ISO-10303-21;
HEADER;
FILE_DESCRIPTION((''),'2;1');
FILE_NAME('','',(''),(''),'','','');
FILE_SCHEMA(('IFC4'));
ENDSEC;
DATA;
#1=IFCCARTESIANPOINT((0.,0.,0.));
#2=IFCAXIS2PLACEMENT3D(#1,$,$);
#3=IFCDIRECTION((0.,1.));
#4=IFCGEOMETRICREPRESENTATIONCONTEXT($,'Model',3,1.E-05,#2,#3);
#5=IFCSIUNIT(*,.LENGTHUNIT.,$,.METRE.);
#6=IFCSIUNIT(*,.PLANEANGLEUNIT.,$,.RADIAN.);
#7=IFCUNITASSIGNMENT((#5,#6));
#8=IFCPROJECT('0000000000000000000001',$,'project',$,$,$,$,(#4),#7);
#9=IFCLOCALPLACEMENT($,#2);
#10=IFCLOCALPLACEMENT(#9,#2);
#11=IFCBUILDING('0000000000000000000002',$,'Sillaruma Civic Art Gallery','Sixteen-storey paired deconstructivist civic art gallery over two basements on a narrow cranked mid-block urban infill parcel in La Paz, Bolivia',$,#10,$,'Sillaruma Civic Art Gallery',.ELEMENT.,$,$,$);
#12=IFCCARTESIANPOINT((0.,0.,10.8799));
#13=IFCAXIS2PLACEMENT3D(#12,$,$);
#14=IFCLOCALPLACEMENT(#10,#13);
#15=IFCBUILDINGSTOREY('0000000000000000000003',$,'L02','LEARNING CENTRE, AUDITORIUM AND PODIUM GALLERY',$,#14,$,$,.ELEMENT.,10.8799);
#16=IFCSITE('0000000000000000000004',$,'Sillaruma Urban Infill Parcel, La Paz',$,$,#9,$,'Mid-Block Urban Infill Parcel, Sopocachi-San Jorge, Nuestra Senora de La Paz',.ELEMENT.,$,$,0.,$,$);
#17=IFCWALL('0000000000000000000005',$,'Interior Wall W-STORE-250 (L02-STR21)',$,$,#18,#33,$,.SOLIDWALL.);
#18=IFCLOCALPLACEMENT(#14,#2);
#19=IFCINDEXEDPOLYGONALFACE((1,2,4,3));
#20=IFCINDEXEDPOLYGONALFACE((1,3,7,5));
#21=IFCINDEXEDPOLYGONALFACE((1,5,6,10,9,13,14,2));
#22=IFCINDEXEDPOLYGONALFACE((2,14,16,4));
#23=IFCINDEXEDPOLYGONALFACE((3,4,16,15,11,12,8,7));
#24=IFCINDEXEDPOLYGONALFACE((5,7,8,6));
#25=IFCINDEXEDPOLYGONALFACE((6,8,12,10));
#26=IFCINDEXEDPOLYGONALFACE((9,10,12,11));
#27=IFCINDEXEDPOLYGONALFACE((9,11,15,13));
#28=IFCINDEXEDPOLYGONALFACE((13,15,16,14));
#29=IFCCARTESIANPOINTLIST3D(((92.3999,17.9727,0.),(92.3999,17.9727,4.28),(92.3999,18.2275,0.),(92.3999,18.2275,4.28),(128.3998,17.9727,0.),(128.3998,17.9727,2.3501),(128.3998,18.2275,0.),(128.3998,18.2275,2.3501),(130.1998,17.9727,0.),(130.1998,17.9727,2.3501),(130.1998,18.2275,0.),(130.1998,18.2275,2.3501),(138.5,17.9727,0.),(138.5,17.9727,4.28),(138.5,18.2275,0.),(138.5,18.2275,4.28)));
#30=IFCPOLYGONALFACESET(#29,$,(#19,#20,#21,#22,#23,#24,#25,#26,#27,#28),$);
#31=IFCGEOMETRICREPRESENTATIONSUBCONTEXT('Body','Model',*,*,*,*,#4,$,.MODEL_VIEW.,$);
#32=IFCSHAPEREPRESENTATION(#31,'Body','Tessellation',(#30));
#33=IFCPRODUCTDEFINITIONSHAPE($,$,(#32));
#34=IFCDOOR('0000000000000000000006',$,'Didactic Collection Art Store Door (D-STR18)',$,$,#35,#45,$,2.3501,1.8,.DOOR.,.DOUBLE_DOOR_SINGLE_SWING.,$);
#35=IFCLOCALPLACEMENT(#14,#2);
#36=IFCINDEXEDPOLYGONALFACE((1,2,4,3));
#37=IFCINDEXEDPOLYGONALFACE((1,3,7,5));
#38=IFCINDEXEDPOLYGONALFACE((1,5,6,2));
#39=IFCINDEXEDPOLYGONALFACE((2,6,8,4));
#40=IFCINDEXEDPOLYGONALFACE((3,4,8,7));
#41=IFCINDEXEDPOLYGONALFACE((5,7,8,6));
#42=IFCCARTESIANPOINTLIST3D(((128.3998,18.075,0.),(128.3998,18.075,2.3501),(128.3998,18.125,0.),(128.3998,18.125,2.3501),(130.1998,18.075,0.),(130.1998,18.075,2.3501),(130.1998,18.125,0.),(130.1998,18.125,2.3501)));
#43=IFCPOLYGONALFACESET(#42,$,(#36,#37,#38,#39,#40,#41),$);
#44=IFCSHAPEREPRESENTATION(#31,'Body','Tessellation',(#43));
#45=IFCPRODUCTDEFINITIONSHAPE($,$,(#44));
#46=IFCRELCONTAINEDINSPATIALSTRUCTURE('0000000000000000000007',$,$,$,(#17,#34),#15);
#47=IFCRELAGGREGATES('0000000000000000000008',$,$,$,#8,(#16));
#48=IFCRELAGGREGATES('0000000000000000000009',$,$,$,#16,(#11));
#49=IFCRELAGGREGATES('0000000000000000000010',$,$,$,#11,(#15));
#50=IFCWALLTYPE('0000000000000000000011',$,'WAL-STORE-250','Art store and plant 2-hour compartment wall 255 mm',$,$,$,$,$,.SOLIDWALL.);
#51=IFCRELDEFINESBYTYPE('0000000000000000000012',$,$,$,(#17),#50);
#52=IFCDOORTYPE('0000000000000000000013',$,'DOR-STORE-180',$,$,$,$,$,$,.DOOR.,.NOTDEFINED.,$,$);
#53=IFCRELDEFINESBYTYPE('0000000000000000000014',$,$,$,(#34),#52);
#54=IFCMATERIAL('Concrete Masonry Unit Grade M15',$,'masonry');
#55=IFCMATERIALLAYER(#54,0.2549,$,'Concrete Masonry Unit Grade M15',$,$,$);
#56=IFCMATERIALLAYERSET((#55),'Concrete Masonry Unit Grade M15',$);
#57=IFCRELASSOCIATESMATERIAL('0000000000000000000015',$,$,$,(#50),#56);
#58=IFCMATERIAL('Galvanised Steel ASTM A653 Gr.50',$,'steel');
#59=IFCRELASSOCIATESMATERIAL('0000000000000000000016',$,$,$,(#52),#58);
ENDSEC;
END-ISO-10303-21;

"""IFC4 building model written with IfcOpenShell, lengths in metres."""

from ifc_helpers import new_model, si_unit, direction, frame, frame_2d, origin, place, context, subcontext, project, spatial, rectangle, extrude, material, layer, layer_set, type_object, element, fill, save


model = new_model("IFC4")

# Units and contexts
model_context = context("Model", 3, precision=1e-05, world=origin(), true_north=direction((0.0, 1.0)))
body_context = subcontext(model_context, "Body", "Model", "MODEL_VIEW")
ifc_project = project(units=[si_unit("LENGTHUNIT", "METRE"), si_unit("PLANEANGLEUNIT", "RADIAN")], contexts=[model_context])

# Site, building, storey
site_placement = place(None, origin())
site = spatial("IfcSite", under=ifc_project, at=site_placement, Name="Sillaruma Urban Infill Parcel, La Paz", LongName="Mid-Block Urban Infill Parcel, Sopocachi-San Jorge, Nuestra Senora de La Paz", CompositionType="ELEMENT", RefElevation=0.0)
building_placement = place(site_placement, origin())
building = spatial("IfcBuilding", under=site, at=building_placement, Name="Sillaruma Civic Art Gallery", Description="Sixteen-storey paired deconstructivist civic art gallery over two basements on a narrow cranked mid-block urban infill parcel in La Paz, Bolivia", LongName="Sillaruma Civic Art Gallery", CompositionType="ELEMENT")
storey_placement = place(building_placement, frame((0.0, 0.0, 10.8799)))
storey = spatial("IfcBuildingStorey", under=building, at=storey_placement, Name="L02", Description="LEARNING CENTRE, AUDITORIUM AND PODIUM GALLERY", CompositionType="ELEMENT", Elevation=10.8799)

# Wall, opening, door
ifc_material_1 = material(Name="Concrete Masonry Unit Grade M15", Category="masonry")
ifc_layer_1 = layer(ifc_material_1, 0.2549, Name="Concrete Masonry Unit Grade M15")
ifc_layer_set_1 = layer_set([ifc_layer_1], Name="Concrete Masonry Unit Grade M15")
wall_type_1 = type_object("IfcWallType", Name="WAL-STORE-250", Description="Art store and plant 2-hour compartment wall 255 mm", PredefinedType="SOLIDWALL", material=ifc_layer_set_1)
wall_1_placement = place(storey_placement, frame((92.3999, 18.1001, 0.0), z_axis=(0.0, 0.0, 1.0), x_axis=(1.0, 0.0, 0.0)))
wall_1 = element("IfcWall", 1, at=wall_1_placement, inside=storey, type_object=wall_type_1, Name="Interior Wall W-STORE-250 (L02-STR21)", PredefinedType="SOLIDWALL", context=body_context, shape_type="SweptSolid", body=[
    extrude(rectangle(XDim=46.1001, YDim=0.2549, at=frame_2d((23.05, 0.0))), origin(), (0.0, 0.0, 1.0), 4.28),
])
opening_1_placement = place(wall_1_placement, frame((36.0, 0.0, 0.0)))
opening_1 = element("IfcOpeningElement", 2, at=opening_1_placement, cuts=wall_1, PredefinedType="OPENING", context=body_context, shape_type="SweptSolid", body=[
    extrude(rectangle(XDim=1.8, YDim=2.3501, at=frame_2d((0.8999, 1.175))), frame((0.0, 0.1375, 0.0), z_axis=(0.0, -1.0, 0.0), x_axis=(1.0, 0.0, 0.0)), (0.0, 0.0, 1.0), 0.2749),
])
ifc_material_2 = material(Name="Galvanised Steel ASTM A653 Gr.50", Category="steel")
door_type = type_object("IfcDoorType", Name="DOR-STORE-180", OperationType="NOTDEFINED", PredefinedType="DOOR", material=ifc_material_2)
door_placement = place(opening_1_placement, origin())
door = element("IfcDoor", 3, at=door_placement, inside=storey, type_object=door_type, Name="Didactic Collection Art Store Door (D-STR18)", OperationType="DOUBLE_DOOR_SINGLE_SWING", OverallHeight=2.3501, OverallWidth=1.8, PredefinedType="DOOR", context=body_context, shape_type="SweptSolid", body=[
    extrude(rectangle(XDim=1.8, YDim=2.3501, at=frame_2d((0.8999, 1.175))), frame((0.0, 0.0249, 0.0), z_axis=(0.0, -1.0, 0.0), x_axis=(1.0, 0.0, 0.0)), (0.0, 0.0, 1.0), 0.05),
])
fill(opening_1, door)

save(model, "model.ifc")
